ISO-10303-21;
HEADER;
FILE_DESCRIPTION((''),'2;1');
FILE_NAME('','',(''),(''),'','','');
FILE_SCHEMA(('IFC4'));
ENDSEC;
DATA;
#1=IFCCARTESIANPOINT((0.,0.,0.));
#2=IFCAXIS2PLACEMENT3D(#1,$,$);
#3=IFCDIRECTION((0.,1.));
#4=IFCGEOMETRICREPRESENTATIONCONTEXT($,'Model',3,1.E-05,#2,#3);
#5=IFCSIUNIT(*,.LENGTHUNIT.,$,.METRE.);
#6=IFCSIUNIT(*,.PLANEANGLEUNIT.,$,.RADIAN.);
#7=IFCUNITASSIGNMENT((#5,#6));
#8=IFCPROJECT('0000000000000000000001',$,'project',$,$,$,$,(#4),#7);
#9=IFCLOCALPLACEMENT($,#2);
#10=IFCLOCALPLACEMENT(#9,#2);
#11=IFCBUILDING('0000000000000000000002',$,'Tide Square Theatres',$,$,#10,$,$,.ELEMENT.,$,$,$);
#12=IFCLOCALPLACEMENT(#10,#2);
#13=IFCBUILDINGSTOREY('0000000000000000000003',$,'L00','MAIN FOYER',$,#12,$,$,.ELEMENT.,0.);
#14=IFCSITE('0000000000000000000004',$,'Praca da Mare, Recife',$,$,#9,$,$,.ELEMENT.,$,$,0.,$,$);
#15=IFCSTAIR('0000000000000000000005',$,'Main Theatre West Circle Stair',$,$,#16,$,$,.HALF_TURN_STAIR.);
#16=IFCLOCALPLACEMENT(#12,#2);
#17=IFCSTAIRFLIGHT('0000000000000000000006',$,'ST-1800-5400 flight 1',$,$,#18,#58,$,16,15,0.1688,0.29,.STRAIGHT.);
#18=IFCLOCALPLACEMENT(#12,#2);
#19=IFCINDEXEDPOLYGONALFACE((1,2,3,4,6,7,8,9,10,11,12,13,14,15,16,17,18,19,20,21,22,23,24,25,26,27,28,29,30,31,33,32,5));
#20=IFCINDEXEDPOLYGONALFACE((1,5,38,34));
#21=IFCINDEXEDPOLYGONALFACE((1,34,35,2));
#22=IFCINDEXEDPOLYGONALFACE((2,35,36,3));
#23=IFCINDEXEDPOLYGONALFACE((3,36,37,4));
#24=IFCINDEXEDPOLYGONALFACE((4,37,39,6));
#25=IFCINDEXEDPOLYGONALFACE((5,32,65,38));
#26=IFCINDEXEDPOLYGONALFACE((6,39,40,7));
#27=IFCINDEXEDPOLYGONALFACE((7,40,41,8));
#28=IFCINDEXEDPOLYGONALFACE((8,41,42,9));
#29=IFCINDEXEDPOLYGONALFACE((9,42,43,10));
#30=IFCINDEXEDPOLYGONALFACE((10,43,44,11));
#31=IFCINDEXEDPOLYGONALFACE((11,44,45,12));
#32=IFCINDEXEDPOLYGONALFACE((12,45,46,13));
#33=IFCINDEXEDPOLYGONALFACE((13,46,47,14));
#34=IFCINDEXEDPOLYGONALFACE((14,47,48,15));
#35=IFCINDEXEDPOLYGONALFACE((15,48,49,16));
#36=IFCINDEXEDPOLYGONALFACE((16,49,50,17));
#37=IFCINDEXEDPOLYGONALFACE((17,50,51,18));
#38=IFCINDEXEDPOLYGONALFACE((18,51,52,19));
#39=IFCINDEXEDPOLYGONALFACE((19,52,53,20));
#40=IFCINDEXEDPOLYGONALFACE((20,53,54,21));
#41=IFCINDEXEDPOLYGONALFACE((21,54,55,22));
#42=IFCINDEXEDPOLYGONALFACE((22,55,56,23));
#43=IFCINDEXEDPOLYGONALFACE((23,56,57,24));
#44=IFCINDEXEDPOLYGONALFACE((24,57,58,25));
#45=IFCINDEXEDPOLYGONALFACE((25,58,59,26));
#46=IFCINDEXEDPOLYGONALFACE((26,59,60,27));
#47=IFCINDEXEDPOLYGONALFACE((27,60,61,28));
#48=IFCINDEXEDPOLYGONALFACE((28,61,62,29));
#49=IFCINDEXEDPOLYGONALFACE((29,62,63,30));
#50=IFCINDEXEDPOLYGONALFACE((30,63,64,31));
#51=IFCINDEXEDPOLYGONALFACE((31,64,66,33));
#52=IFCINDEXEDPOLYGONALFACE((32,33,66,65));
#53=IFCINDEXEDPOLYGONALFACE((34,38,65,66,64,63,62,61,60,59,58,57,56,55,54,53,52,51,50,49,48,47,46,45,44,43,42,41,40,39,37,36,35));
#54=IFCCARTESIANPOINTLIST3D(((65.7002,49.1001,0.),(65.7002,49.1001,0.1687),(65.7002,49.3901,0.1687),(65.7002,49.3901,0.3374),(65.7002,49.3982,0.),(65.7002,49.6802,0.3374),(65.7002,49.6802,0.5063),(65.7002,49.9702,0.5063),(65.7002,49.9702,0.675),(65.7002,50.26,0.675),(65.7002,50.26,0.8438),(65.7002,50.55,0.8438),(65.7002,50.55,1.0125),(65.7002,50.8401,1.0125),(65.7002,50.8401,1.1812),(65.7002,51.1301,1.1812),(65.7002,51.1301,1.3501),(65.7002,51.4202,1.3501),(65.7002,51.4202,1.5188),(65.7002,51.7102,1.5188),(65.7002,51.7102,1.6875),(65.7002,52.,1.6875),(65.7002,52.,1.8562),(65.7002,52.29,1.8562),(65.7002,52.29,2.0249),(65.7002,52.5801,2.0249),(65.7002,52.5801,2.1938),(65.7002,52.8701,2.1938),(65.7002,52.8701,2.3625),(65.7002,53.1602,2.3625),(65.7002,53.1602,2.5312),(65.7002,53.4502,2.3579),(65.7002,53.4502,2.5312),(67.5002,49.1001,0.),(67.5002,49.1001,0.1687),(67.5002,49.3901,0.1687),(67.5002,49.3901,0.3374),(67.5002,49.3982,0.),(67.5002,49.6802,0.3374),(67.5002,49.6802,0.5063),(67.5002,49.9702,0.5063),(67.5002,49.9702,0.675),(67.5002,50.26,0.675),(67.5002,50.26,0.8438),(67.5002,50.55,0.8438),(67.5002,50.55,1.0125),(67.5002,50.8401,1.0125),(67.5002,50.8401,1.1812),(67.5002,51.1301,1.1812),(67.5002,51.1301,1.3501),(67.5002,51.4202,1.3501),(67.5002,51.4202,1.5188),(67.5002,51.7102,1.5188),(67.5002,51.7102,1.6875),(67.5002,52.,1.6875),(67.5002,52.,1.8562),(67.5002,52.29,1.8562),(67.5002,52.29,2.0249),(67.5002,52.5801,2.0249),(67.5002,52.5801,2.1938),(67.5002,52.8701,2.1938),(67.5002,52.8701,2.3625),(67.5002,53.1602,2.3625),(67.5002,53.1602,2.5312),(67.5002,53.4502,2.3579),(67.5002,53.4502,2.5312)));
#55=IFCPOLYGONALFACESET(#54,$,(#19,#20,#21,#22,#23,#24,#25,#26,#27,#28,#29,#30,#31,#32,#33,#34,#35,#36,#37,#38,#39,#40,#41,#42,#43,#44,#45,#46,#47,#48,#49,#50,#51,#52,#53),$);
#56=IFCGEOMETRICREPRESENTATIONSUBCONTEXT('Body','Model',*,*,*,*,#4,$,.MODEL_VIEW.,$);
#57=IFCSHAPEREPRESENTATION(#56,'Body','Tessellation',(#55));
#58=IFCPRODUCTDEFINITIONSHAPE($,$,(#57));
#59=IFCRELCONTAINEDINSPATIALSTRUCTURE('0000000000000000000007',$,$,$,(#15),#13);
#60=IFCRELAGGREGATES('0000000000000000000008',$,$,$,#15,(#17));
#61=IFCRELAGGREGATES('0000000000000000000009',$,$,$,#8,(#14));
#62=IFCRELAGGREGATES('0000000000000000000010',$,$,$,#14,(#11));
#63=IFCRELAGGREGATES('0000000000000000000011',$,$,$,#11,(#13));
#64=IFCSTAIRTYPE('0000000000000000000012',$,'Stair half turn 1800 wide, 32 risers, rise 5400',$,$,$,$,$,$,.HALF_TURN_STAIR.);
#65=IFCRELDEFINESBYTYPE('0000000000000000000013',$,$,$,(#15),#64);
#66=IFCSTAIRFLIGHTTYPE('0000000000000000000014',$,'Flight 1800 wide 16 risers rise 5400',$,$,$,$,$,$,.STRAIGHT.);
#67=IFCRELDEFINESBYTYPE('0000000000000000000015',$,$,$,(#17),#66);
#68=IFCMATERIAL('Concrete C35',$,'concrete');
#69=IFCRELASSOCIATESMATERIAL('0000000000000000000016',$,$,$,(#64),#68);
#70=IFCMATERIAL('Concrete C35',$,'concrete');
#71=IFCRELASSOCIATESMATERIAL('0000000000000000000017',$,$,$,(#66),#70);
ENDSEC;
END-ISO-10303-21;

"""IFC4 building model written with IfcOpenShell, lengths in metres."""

from ifc_helpers import new_model, si_unit, direction, frame, origin, place, context, subcontext, project, spatial, polyline, outline, extrude, material, type_object, element, aggregate, save


model = new_model("IFC4")

# Units and contexts
model_context = context("Model", 3, precision=1e-05, world=origin(), true_north=direction((0.0, 1.0)))
body_context = subcontext(model_context, "Body", "Model", "MODEL_VIEW")
ifc_project = project(units=[si_unit("LENGTHUNIT", "METRE"), si_unit("PLANEANGLEUNIT", "RADIAN")], contexts=[model_context])

# Site, building, storey
site_placement = place(None, origin())
site = spatial("IfcSite", under=ifc_project, at=site_placement, Name="Praca da Mare, Recife", CompositionType="ELEMENT", RefElevation=0.0)
building_placement = place(site_placement, origin())
building = spatial("IfcBuilding", under=site, at=building_placement, Name="Tide Square Theatres", CompositionType="ELEMENT")
storey_placement = place(building_placement, origin())
storey = spatial("IfcBuildingStorey", under=building, at=storey_placement, Name="L00", Description="MAIN FOYER", CompositionType="ELEMENT", Elevation=0.0)

# Stair, stair flight
ifc_material_1 = material(Name="Concrete C35", Category="concrete")
stair_type = type_object("IfcStairType", Name="Stair half turn 1800 wide, 32 risers, rise 5400", PredefinedType="HALF_TURN_STAIR", material=ifc_material_1)
stair_placement = place(storey_placement, origin())
stair = element("IfcStair", 1, at=stair_placement, inside=storey, type_object=stair_type, Name="Main Theatre West Circle Stair", PredefinedType="HALF_TURN_STAIR")
ifc_material_2 = material(Name="Concrete C35", Category="concrete")
stair_flight_type = type_object("IfcStairFlightType", Name="Flight 1800 wide 16 risers rise 5400", PredefinedType="STRAIGHT", material=ifc_material_2)
stair_flight_placement = place(storey_placement, frame((66.6001, 49.1001, 0.0), z_axis=(0.0, 0.0, 1.0), x_axis=(0.0, 1.0, 0.0)))
stair_flight = element("IfcStairFlight", 2, at=stair_flight_placement, type_object=stair_flight_type, Name="ST-1800-5400 flight 1", NumberOfRisers=16, NumberOfTreads=15, PredefinedType="STRAIGHT", RiserHeight=0.1688, TreadLength=0.29, context=body_context, shape_type="SweptSolid", body=[
    extrude(outline(polyline([(0.0, 0.0), (0.0, 0.1687), (0.29, 0.1687), (0.29, 0.3374), (0.5801, 0.3374), (0.5801, 0.5063), (0.8701, 0.5063), (0.8701, 0.675), (1.1599, 0.675), (1.1599, 0.8438), (1.45, 0.8438), (1.45, 1.0125), (1.74, 1.0125), (1.74, 1.1812), (2.03, 1.1812), (2.03, 1.3501), (2.3201, 1.3501), (2.3201, 1.5188), (2.6101, 1.5188), (2.6101, 1.6875), (2.8999, 1.6875), (2.8999, 1.8562), (3.1899, 1.8562), (3.1899, 2.0249), (3.48, 2.0249), (3.48, 2.1938), (3.77, 2.1938), (3.77, 2.3625), (4.0601, 2.3625), (4.0601, 2.5312), (4.3501, 2.5312), (4.3501, 2.7), (4.3501, 2.3579), (0.2981, 0.0), (0.0, 0.0)])), frame((0.0, 0.8999, 0.0), z_axis=(0.0, -1.0, 0.0), x_axis=(1.0, 0.0, 0.0)), (0.0, 0.0, 1.0), 1.8),
])
aggregate(stair, [stair_flight])

save(model, "model.ifc")
